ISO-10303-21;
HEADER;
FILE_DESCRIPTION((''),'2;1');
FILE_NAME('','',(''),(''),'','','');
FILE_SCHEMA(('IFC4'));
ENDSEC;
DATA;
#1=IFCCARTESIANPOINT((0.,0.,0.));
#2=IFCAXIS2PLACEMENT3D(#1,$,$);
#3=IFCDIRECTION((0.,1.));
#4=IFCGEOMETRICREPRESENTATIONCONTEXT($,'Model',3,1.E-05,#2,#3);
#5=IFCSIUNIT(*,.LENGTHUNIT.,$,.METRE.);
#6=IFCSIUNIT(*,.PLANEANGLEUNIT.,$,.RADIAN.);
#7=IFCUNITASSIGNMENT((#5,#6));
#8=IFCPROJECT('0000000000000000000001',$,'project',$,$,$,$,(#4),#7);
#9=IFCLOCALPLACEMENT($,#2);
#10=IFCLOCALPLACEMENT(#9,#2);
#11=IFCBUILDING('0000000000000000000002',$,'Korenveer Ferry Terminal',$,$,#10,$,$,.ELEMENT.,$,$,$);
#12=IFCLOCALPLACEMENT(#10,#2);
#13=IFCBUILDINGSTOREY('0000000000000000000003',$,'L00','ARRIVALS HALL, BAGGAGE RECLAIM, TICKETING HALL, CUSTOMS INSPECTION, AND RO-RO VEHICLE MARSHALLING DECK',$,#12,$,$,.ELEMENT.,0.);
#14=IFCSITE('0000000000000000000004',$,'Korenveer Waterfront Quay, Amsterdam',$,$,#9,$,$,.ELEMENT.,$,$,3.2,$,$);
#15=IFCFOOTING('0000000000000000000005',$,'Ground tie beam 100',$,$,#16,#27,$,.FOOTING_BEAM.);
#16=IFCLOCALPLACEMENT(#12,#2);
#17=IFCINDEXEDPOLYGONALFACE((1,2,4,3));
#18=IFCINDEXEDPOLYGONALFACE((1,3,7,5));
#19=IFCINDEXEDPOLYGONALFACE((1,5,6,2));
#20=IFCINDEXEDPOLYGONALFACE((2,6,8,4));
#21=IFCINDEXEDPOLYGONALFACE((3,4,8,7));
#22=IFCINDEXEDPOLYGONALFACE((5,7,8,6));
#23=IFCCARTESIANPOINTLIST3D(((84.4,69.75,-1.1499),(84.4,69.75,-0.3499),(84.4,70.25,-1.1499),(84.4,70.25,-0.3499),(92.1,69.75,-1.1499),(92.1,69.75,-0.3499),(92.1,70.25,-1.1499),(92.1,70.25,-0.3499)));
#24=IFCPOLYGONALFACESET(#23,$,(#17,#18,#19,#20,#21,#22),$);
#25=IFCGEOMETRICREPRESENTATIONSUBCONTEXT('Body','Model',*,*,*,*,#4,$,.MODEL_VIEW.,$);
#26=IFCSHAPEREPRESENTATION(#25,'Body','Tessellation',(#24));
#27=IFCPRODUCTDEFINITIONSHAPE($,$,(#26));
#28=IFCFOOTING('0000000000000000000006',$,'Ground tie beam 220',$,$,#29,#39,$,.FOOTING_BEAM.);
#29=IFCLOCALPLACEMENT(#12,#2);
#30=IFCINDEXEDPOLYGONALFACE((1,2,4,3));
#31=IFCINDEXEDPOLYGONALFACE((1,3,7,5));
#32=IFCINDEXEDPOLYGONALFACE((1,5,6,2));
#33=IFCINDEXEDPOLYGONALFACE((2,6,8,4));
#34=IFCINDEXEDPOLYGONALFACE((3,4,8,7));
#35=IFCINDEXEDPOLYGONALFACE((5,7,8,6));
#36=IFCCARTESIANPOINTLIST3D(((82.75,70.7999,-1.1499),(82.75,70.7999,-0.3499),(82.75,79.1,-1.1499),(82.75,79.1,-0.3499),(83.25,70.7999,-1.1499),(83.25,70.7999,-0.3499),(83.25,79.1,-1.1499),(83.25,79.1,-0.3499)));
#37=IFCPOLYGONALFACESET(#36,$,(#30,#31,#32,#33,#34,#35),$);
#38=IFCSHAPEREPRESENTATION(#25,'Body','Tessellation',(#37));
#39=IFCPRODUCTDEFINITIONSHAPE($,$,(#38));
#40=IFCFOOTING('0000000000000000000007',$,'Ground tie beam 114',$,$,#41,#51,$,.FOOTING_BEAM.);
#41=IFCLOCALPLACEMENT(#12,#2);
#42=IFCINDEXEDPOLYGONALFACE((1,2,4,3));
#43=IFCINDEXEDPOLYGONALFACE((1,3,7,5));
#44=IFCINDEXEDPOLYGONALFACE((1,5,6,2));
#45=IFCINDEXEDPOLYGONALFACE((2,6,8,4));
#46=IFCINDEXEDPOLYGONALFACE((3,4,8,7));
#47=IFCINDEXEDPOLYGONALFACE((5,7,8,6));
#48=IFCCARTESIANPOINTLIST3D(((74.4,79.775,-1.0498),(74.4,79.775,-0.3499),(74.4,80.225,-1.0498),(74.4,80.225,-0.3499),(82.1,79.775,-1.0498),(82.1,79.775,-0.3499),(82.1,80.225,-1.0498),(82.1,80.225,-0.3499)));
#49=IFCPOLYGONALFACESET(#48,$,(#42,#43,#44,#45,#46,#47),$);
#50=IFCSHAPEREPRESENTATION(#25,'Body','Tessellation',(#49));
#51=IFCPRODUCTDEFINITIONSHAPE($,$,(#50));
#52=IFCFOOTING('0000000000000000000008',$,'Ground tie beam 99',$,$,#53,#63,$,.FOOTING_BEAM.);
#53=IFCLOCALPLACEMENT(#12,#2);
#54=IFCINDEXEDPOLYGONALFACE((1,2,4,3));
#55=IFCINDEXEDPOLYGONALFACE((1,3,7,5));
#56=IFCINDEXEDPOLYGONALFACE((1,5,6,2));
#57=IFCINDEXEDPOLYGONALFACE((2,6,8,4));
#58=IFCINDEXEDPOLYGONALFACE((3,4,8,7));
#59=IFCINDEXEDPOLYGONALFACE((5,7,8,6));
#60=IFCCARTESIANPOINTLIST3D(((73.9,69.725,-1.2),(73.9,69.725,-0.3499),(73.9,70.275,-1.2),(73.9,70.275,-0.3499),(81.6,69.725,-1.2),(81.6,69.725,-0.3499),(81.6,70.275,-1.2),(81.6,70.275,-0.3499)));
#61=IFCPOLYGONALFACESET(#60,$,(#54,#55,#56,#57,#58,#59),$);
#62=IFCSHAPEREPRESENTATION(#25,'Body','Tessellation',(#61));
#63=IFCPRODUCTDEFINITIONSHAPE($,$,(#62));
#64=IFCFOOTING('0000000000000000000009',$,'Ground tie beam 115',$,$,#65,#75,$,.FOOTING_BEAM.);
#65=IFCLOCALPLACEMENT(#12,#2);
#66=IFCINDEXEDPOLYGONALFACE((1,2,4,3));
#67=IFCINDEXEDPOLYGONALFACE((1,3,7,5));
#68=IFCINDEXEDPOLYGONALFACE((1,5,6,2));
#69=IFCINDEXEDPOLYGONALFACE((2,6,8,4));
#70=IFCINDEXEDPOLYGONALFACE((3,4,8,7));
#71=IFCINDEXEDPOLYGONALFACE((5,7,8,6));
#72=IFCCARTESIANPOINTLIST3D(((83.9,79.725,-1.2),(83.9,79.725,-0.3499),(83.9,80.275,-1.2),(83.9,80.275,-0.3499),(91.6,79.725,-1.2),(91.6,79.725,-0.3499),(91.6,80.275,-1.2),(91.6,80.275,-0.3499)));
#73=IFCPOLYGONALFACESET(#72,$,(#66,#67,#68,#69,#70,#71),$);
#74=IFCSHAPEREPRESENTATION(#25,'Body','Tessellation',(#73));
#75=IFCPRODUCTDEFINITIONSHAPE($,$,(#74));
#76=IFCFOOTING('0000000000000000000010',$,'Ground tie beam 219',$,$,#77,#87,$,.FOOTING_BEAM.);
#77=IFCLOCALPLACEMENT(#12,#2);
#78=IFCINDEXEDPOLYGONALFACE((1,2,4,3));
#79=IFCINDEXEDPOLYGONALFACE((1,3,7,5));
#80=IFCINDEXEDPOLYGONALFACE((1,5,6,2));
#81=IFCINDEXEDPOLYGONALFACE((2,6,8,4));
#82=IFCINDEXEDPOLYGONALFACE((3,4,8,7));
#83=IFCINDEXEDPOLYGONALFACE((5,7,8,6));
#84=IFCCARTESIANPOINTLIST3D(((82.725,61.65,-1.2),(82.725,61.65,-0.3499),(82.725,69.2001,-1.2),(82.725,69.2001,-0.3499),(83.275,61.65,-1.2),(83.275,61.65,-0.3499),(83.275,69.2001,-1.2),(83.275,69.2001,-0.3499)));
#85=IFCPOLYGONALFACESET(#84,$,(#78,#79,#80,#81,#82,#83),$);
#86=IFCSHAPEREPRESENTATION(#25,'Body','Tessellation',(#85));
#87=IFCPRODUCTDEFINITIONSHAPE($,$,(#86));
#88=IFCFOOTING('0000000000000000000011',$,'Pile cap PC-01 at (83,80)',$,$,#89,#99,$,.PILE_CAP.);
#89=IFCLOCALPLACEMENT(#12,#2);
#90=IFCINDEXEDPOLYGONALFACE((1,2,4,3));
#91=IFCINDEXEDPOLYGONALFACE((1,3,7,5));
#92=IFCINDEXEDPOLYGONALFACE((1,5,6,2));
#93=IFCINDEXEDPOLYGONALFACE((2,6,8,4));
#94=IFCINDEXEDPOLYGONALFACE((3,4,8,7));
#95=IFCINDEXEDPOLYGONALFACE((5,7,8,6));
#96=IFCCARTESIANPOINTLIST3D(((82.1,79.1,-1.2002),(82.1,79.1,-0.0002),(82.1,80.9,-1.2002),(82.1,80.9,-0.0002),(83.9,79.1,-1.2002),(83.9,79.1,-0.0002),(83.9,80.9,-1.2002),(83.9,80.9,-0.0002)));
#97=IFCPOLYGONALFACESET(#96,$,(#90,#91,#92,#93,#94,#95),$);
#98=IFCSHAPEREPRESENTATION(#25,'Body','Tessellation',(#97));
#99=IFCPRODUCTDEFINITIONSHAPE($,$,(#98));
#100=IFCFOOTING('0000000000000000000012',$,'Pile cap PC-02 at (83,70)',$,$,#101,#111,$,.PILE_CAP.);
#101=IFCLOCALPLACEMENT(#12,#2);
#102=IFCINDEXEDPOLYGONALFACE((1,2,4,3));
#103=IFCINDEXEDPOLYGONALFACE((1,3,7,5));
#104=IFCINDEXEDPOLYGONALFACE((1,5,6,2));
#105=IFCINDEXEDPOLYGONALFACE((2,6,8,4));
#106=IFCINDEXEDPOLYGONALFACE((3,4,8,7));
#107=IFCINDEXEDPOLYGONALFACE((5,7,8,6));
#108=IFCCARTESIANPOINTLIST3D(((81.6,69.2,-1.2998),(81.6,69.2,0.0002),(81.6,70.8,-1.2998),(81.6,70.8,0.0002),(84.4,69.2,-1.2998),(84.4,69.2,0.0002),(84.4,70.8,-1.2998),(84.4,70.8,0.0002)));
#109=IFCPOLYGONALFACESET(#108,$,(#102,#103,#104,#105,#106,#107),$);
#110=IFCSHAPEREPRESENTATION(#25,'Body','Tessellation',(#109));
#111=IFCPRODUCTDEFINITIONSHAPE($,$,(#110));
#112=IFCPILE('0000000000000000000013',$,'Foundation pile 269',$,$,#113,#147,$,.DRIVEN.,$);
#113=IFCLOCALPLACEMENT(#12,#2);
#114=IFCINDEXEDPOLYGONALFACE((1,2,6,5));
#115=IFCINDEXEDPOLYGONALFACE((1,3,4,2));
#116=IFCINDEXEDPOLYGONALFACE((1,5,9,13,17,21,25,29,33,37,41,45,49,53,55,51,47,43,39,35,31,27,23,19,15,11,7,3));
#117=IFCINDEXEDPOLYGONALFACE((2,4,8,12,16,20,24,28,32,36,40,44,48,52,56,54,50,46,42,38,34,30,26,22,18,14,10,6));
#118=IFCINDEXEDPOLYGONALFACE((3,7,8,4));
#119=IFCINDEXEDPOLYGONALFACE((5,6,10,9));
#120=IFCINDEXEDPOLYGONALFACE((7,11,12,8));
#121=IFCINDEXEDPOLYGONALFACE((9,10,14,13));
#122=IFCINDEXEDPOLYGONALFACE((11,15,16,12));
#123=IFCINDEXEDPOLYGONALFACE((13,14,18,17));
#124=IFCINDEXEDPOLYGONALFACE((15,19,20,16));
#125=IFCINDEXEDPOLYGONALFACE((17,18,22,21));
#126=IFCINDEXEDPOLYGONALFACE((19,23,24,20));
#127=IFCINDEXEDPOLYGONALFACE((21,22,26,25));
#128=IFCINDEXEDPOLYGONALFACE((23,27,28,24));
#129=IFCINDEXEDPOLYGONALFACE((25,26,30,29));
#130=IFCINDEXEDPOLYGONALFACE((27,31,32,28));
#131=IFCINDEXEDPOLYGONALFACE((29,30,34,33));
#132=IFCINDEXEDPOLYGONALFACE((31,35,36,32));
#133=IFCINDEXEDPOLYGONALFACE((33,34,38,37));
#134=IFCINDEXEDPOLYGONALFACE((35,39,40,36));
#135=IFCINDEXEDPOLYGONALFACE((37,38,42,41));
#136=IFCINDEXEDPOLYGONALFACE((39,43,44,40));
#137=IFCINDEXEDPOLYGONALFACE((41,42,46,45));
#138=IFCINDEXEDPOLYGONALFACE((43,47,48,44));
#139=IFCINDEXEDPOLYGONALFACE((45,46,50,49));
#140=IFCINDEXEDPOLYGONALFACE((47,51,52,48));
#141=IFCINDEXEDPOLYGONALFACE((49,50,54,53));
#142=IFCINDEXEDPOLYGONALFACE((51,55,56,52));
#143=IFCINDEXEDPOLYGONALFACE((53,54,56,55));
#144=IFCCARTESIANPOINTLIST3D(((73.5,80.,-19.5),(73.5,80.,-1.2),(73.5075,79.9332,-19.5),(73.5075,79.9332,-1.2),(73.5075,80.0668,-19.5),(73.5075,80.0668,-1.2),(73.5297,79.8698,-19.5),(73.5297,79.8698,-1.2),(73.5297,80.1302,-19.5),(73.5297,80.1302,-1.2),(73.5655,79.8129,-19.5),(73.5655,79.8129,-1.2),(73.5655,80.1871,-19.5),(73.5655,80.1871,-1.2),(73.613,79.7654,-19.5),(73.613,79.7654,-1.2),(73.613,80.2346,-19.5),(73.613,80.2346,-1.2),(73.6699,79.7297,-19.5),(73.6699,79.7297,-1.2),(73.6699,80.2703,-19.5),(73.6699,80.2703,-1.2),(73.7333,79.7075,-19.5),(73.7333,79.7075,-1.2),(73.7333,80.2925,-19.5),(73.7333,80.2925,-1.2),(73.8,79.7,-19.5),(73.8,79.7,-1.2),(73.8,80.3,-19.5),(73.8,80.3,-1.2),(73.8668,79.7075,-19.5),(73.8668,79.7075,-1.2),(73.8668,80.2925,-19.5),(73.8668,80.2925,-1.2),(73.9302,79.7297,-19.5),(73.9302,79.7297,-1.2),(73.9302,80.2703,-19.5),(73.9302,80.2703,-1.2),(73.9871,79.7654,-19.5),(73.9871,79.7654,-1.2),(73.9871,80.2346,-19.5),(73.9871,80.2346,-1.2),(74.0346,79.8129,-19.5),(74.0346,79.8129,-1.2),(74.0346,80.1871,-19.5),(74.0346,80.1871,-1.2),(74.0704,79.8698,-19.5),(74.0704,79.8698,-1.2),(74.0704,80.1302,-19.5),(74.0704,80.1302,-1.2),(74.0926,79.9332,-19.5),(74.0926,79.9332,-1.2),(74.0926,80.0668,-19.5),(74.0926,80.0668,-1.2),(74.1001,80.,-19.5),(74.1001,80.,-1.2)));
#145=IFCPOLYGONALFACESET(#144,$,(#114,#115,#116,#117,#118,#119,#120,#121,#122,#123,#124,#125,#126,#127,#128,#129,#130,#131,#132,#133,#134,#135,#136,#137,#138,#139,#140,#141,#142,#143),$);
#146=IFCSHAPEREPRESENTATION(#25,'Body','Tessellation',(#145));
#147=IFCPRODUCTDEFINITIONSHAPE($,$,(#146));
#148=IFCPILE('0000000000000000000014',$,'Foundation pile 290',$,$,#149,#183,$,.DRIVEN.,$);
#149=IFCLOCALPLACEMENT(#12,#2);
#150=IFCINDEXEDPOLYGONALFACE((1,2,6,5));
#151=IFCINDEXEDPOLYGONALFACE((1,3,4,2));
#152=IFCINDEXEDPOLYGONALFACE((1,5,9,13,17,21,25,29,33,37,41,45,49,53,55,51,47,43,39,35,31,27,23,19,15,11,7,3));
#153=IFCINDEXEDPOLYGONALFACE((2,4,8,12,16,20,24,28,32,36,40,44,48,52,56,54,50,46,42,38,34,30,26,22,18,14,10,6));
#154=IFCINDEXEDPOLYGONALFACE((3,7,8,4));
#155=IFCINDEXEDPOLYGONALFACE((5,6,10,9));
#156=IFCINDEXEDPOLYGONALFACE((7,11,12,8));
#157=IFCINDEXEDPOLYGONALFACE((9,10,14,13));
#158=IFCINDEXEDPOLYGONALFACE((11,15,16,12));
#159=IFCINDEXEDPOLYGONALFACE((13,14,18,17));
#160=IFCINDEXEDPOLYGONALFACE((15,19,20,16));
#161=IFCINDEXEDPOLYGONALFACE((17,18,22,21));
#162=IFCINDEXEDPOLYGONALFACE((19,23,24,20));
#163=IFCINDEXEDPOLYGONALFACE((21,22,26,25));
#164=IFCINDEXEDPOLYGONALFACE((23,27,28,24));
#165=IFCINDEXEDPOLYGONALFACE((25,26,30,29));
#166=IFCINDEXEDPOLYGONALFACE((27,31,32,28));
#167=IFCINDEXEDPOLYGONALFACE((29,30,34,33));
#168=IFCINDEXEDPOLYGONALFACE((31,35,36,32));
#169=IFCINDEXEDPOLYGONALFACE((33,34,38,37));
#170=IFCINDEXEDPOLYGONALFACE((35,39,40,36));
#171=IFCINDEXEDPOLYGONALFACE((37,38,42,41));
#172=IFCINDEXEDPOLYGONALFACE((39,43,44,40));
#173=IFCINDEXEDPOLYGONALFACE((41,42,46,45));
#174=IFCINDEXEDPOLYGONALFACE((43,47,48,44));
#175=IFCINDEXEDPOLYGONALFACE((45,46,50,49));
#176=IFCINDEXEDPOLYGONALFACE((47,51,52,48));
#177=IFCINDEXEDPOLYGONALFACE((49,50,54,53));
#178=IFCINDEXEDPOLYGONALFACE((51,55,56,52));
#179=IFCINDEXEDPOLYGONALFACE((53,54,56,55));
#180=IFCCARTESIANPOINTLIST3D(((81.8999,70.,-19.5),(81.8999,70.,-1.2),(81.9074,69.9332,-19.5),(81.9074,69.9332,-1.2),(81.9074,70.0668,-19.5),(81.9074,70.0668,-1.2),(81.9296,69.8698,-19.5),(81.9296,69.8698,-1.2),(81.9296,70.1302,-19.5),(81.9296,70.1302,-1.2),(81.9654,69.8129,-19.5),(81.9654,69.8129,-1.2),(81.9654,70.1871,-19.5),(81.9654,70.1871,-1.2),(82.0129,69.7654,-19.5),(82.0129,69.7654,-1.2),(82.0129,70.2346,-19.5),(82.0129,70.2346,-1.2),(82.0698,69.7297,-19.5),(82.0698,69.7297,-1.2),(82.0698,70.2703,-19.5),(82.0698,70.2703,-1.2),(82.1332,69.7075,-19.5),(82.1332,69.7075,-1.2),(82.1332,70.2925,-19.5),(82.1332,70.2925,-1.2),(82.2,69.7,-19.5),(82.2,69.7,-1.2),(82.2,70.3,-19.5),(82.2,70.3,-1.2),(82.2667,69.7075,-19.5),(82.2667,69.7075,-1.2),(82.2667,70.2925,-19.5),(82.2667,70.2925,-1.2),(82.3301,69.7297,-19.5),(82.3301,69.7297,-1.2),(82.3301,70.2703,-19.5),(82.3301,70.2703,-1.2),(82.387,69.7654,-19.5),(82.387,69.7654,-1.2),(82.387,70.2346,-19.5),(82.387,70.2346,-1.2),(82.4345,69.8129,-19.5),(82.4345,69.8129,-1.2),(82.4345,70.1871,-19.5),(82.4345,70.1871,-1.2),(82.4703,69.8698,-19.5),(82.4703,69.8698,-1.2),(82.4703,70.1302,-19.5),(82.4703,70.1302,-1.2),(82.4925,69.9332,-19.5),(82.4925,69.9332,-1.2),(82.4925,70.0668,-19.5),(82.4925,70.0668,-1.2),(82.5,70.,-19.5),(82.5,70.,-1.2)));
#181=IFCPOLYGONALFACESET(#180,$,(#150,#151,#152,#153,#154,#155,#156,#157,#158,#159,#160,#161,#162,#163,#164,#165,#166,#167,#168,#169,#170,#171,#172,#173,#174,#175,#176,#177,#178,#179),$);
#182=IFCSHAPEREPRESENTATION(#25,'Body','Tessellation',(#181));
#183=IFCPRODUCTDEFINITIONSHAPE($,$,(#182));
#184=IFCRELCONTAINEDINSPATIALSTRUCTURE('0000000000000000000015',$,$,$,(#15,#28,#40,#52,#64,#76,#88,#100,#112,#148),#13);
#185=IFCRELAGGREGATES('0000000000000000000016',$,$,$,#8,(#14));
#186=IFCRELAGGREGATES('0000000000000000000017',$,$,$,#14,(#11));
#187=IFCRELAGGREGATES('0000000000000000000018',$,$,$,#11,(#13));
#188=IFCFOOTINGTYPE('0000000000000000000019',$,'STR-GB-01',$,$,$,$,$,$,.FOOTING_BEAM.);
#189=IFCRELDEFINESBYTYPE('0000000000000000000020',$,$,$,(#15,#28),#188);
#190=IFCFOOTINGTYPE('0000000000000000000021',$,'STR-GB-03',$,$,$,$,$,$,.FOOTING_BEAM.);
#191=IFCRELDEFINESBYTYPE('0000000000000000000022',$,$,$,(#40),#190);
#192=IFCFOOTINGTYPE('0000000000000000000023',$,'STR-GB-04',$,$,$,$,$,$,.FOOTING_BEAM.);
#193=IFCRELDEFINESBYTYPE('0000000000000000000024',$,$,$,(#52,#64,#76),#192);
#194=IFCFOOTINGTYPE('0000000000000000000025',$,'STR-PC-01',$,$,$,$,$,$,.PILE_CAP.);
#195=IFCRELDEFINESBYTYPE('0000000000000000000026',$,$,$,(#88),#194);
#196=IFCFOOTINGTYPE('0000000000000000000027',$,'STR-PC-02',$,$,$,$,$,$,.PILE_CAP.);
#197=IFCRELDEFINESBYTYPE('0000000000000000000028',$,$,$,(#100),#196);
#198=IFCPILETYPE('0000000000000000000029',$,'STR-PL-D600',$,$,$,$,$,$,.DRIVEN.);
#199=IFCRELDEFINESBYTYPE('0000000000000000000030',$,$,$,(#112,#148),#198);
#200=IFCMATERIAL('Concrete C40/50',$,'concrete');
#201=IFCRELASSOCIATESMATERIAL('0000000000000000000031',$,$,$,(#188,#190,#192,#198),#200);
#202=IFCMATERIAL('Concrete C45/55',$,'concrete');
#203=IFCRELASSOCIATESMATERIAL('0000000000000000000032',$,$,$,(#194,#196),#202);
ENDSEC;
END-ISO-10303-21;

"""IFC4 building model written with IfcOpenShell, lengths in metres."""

from ifc_helpers import new_model, si_unit, direction, frame, origin, origin_2d, place, context, subcontext, project, spatial, rectangle, circle, extrude, material, material_profile, profile_set, type_object, element, save


model = new_model("IFC4")

# Units and contexts
model_context = context("Model", 3, precision=1e-05, world=origin(), true_north=direction((0.0, 1.0)))
body_context = subcontext(model_context, "Body", "Model", "MODEL_VIEW")
ifc_project = project(units=[si_unit("LENGTHUNIT", "METRE"), si_unit("PLANEANGLEUNIT", "RADIAN")], contexts=[model_context])

# Site, building, storey
site_placement = place(None, origin())
site = spatial("IfcSite", under=ifc_project, at=site_placement, Name="Korenveer Waterfront Quay, Amsterdam", CompositionType="ELEMENT", RefElevation=3.2)
building_placement = place(site_placement, origin())
building = spatial("IfcBuilding", under=site, at=building_placement, Name="Korenveer Ferry Terminal", CompositionType="ELEMENT")
storey_placement = place(building_placement, origin())
storey = spatial("IfcBuildingStorey", under=building, at=storey_placement, Name="L00", Description="ARRIVALS HALL, BAGGAGE RECLAIM, TICKETING HALL, CUSTOMS INSPECTION, AND RO-RO VEHICLE MARSHALLING DECK", CompositionType="ELEMENT", Elevation=0.0)

# Footings
ifc_material_1 = material(Name="Concrete C40/50", Category="concrete")
footing_type_1 = type_object("IfcFootingType", Name="STR-GB-01", PredefinedType="FOOTING_BEAM", material=ifc_material_1)
footing_1_placement = place(storey_placement, frame((88.25, 70.0, -1.1499), z_axis=(0.0, 0.0, 1.0), x_axis=(1.0, 0.0, 0.0)))
element("IfcFooting", 1, at=footing_1_placement, inside=storey, type_object=footing_type_1, Name="Ground tie beam 100", PredefinedType="FOOTING_BEAM", context=body_context, shape_type="SweptSolid", body=[
    extrude(rectangle(XDim=7.7, YDim=0.5, at=origin_2d()), origin(), (0.0, 0.0, 1.0), 0.8),
])
footing_2_placement = place(storey_placement, frame((83.0, 74.95, -1.1499), z_axis=(0.0, 0.0, 1.0), x_axis=(1.0, 0.0, 0.0)))
element("IfcFooting", 2, at=footing_2_placement, inside=storey, type_object=footing_type_1, Name="Ground tie beam 220", PredefinedType="FOOTING_BEAM", context=body_context, shape_type="SweptSolid", body=[
    extrude(rectangle(XDim=0.5, YDim=8.3, at=origin_2d()), origin(), (0.0, 0.0, 1.0), 0.8),
])
footing_type_2 = type_object("IfcFootingType", Name="STR-GB-03", PredefinedType="FOOTING_BEAM", material=ifc_material_1)
footing_3_placement = place(storey_placement, frame((78.25, 80.0, -1.0498), z_axis=(0.0, 0.0, 1.0), x_axis=(1.0, 0.0, 0.0)))
element("IfcFooting", 3, at=footing_3_placement, inside=storey, type_object=footing_type_2, Name="Ground tie beam 114", PredefinedType="FOOTING_BEAM", context=body_context, shape_type="SweptSolid", body=[
    extrude(rectangle(XDim=7.7, YDim=0.45, at=origin_2d()), origin(), (0.0, 0.0, 1.0), 0.7),
])
footing_type_3 = type_object("IfcFootingType", Name="STR-GB-04", PredefinedType="FOOTING_BEAM", material=ifc_material_1)
for number, where, z_axis, x_axis, name in (
    (4, (77.75, 70.0, -1.2), (0.0, 0.0, 1.0), (1.0, 0.0, 0.0), "Ground tie beam 99"),
    (5, (87.75, 80.0, -1.2), (0.0, 0.0, 1.0), (1.0, 0.0, 0.0), "Ground tie beam 115"),
):
    element("IfcFooting", number, at=place(storey_placement, frame(where, z_axis=z_axis, x_axis=x_axis)), inside=storey, type_object=footing_type_3, Name=name, PredefinedType="FOOTING_BEAM", context=body_context, shape_type="SweptSolid", body=[
        extrude(rectangle(XDim=7.7, YDim=0.55, at=origin_2d()), origin(), (0.0, 0.0, 1.0), 0.8501),
    ])
footing_4_placement = place(storey_placement, frame((83.0, 65.425, -1.2), z_axis=(0.0, 0.0, 1.0), x_axis=(1.0, 0.0, 0.0)))
element("IfcFooting", 6, at=footing_4_placement, inside=storey, type_object=footing_type_3, Name="Ground tie beam 219", PredefinedType="FOOTING_BEAM", context=body_context, shape_type="SweptSolid", body=[
    extrude(rectangle(XDim=0.55, YDim=7.55, at=origin_2d()), origin(), (0.0, 0.0, 1.0), 0.8501),
])
ifc_material_2 = material(Name="Concrete C45/55", Category="concrete")
footing_type_4 = type_object("IfcFootingType", Name="STR-PC-01", PredefinedType="PILE_CAP", material=ifc_material_2)
footing_5_placement = place(storey_placement, frame((83.0, 80.0, -1.2002), z_axis=(0.0, 0.0, 1.0), x_axis=(1.0, 0.0, 0.0)))
element("IfcFooting", 7, at=footing_5_placement, inside=storey, type_object=footing_type_4, Name="Pile cap PC-01 at (83,80)", PredefinedType="PILE_CAP", context=body_context, shape_type="SweptSolid", body=[
    extrude(rectangle(XDim=1.8, YDim=1.8, at=origin_2d()), origin(), (0.0, 0.0, 1.0), 1.2),
])
footing_type_5 = type_object("IfcFootingType", Name="STR-PC-02", PredefinedType="PILE_CAP", material=ifc_material_2)
footing_6_placement = place(storey_placement, frame((83.0, 70.0, -1.2998), z_axis=(0.0, 0.0, 1.0), x_axis=(1.0, 0.0, 0.0)))
element("IfcFooting", 8, at=footing_6_placement, inside=storey, type_object=footing_type_5, Name="Pile cap PC-02 at (83,70)", PredefinedType="PILE_CAP", context=body_context, shape_type="SweptSolid", body=[
    extrude(rectangle(XDim=2.8, YDim=1.6001, at=origin_2d()), origin(), (0.0, 0.0, 1.0), 1.3),
])

# Piles
ifc_material_profile_1 = material_profile(ifc_material_1, circle(Radius=0.3, at=origin_2d()), Name="PILE D600")
ifc_profile_set_1 = profile_set([ifc_material_profile_1], Name="Concrete C40/50")
pile_type = type_object("IfcPileType", Name="STR-PL-D600", PredefinedType="DRIVEN", material=ifc_profile_set_1)
for number, where, z_axis, x_axis, name in (
    (9, (73.8, 80.0, -1.2), (0.0, 0.0, -1.0), (1.0, 0.0, 0.0), "Foundation pile 269"),
    (10, (82.2, 70.0, -1.2), (0.0, 0.0, -1.0), (1.0, 0.0, 0.0), "Foundation pile 290"),
):
    element("IfcPile", number, at=place(storey_placement, frame(where, z_axis=z_axis, x_axis=x_axis)), inside=storey, type_object=pile_type, Name=name, PredefinedType="DRIVEN", context=body_context, shape_type="SweptSolid", body=[
        extrude(circle(Radius=0.3, at=origin_2d()), origin(), (0.0, 0.0, 1.0), 18.3),
    ])

save(model, "model.ifc")
